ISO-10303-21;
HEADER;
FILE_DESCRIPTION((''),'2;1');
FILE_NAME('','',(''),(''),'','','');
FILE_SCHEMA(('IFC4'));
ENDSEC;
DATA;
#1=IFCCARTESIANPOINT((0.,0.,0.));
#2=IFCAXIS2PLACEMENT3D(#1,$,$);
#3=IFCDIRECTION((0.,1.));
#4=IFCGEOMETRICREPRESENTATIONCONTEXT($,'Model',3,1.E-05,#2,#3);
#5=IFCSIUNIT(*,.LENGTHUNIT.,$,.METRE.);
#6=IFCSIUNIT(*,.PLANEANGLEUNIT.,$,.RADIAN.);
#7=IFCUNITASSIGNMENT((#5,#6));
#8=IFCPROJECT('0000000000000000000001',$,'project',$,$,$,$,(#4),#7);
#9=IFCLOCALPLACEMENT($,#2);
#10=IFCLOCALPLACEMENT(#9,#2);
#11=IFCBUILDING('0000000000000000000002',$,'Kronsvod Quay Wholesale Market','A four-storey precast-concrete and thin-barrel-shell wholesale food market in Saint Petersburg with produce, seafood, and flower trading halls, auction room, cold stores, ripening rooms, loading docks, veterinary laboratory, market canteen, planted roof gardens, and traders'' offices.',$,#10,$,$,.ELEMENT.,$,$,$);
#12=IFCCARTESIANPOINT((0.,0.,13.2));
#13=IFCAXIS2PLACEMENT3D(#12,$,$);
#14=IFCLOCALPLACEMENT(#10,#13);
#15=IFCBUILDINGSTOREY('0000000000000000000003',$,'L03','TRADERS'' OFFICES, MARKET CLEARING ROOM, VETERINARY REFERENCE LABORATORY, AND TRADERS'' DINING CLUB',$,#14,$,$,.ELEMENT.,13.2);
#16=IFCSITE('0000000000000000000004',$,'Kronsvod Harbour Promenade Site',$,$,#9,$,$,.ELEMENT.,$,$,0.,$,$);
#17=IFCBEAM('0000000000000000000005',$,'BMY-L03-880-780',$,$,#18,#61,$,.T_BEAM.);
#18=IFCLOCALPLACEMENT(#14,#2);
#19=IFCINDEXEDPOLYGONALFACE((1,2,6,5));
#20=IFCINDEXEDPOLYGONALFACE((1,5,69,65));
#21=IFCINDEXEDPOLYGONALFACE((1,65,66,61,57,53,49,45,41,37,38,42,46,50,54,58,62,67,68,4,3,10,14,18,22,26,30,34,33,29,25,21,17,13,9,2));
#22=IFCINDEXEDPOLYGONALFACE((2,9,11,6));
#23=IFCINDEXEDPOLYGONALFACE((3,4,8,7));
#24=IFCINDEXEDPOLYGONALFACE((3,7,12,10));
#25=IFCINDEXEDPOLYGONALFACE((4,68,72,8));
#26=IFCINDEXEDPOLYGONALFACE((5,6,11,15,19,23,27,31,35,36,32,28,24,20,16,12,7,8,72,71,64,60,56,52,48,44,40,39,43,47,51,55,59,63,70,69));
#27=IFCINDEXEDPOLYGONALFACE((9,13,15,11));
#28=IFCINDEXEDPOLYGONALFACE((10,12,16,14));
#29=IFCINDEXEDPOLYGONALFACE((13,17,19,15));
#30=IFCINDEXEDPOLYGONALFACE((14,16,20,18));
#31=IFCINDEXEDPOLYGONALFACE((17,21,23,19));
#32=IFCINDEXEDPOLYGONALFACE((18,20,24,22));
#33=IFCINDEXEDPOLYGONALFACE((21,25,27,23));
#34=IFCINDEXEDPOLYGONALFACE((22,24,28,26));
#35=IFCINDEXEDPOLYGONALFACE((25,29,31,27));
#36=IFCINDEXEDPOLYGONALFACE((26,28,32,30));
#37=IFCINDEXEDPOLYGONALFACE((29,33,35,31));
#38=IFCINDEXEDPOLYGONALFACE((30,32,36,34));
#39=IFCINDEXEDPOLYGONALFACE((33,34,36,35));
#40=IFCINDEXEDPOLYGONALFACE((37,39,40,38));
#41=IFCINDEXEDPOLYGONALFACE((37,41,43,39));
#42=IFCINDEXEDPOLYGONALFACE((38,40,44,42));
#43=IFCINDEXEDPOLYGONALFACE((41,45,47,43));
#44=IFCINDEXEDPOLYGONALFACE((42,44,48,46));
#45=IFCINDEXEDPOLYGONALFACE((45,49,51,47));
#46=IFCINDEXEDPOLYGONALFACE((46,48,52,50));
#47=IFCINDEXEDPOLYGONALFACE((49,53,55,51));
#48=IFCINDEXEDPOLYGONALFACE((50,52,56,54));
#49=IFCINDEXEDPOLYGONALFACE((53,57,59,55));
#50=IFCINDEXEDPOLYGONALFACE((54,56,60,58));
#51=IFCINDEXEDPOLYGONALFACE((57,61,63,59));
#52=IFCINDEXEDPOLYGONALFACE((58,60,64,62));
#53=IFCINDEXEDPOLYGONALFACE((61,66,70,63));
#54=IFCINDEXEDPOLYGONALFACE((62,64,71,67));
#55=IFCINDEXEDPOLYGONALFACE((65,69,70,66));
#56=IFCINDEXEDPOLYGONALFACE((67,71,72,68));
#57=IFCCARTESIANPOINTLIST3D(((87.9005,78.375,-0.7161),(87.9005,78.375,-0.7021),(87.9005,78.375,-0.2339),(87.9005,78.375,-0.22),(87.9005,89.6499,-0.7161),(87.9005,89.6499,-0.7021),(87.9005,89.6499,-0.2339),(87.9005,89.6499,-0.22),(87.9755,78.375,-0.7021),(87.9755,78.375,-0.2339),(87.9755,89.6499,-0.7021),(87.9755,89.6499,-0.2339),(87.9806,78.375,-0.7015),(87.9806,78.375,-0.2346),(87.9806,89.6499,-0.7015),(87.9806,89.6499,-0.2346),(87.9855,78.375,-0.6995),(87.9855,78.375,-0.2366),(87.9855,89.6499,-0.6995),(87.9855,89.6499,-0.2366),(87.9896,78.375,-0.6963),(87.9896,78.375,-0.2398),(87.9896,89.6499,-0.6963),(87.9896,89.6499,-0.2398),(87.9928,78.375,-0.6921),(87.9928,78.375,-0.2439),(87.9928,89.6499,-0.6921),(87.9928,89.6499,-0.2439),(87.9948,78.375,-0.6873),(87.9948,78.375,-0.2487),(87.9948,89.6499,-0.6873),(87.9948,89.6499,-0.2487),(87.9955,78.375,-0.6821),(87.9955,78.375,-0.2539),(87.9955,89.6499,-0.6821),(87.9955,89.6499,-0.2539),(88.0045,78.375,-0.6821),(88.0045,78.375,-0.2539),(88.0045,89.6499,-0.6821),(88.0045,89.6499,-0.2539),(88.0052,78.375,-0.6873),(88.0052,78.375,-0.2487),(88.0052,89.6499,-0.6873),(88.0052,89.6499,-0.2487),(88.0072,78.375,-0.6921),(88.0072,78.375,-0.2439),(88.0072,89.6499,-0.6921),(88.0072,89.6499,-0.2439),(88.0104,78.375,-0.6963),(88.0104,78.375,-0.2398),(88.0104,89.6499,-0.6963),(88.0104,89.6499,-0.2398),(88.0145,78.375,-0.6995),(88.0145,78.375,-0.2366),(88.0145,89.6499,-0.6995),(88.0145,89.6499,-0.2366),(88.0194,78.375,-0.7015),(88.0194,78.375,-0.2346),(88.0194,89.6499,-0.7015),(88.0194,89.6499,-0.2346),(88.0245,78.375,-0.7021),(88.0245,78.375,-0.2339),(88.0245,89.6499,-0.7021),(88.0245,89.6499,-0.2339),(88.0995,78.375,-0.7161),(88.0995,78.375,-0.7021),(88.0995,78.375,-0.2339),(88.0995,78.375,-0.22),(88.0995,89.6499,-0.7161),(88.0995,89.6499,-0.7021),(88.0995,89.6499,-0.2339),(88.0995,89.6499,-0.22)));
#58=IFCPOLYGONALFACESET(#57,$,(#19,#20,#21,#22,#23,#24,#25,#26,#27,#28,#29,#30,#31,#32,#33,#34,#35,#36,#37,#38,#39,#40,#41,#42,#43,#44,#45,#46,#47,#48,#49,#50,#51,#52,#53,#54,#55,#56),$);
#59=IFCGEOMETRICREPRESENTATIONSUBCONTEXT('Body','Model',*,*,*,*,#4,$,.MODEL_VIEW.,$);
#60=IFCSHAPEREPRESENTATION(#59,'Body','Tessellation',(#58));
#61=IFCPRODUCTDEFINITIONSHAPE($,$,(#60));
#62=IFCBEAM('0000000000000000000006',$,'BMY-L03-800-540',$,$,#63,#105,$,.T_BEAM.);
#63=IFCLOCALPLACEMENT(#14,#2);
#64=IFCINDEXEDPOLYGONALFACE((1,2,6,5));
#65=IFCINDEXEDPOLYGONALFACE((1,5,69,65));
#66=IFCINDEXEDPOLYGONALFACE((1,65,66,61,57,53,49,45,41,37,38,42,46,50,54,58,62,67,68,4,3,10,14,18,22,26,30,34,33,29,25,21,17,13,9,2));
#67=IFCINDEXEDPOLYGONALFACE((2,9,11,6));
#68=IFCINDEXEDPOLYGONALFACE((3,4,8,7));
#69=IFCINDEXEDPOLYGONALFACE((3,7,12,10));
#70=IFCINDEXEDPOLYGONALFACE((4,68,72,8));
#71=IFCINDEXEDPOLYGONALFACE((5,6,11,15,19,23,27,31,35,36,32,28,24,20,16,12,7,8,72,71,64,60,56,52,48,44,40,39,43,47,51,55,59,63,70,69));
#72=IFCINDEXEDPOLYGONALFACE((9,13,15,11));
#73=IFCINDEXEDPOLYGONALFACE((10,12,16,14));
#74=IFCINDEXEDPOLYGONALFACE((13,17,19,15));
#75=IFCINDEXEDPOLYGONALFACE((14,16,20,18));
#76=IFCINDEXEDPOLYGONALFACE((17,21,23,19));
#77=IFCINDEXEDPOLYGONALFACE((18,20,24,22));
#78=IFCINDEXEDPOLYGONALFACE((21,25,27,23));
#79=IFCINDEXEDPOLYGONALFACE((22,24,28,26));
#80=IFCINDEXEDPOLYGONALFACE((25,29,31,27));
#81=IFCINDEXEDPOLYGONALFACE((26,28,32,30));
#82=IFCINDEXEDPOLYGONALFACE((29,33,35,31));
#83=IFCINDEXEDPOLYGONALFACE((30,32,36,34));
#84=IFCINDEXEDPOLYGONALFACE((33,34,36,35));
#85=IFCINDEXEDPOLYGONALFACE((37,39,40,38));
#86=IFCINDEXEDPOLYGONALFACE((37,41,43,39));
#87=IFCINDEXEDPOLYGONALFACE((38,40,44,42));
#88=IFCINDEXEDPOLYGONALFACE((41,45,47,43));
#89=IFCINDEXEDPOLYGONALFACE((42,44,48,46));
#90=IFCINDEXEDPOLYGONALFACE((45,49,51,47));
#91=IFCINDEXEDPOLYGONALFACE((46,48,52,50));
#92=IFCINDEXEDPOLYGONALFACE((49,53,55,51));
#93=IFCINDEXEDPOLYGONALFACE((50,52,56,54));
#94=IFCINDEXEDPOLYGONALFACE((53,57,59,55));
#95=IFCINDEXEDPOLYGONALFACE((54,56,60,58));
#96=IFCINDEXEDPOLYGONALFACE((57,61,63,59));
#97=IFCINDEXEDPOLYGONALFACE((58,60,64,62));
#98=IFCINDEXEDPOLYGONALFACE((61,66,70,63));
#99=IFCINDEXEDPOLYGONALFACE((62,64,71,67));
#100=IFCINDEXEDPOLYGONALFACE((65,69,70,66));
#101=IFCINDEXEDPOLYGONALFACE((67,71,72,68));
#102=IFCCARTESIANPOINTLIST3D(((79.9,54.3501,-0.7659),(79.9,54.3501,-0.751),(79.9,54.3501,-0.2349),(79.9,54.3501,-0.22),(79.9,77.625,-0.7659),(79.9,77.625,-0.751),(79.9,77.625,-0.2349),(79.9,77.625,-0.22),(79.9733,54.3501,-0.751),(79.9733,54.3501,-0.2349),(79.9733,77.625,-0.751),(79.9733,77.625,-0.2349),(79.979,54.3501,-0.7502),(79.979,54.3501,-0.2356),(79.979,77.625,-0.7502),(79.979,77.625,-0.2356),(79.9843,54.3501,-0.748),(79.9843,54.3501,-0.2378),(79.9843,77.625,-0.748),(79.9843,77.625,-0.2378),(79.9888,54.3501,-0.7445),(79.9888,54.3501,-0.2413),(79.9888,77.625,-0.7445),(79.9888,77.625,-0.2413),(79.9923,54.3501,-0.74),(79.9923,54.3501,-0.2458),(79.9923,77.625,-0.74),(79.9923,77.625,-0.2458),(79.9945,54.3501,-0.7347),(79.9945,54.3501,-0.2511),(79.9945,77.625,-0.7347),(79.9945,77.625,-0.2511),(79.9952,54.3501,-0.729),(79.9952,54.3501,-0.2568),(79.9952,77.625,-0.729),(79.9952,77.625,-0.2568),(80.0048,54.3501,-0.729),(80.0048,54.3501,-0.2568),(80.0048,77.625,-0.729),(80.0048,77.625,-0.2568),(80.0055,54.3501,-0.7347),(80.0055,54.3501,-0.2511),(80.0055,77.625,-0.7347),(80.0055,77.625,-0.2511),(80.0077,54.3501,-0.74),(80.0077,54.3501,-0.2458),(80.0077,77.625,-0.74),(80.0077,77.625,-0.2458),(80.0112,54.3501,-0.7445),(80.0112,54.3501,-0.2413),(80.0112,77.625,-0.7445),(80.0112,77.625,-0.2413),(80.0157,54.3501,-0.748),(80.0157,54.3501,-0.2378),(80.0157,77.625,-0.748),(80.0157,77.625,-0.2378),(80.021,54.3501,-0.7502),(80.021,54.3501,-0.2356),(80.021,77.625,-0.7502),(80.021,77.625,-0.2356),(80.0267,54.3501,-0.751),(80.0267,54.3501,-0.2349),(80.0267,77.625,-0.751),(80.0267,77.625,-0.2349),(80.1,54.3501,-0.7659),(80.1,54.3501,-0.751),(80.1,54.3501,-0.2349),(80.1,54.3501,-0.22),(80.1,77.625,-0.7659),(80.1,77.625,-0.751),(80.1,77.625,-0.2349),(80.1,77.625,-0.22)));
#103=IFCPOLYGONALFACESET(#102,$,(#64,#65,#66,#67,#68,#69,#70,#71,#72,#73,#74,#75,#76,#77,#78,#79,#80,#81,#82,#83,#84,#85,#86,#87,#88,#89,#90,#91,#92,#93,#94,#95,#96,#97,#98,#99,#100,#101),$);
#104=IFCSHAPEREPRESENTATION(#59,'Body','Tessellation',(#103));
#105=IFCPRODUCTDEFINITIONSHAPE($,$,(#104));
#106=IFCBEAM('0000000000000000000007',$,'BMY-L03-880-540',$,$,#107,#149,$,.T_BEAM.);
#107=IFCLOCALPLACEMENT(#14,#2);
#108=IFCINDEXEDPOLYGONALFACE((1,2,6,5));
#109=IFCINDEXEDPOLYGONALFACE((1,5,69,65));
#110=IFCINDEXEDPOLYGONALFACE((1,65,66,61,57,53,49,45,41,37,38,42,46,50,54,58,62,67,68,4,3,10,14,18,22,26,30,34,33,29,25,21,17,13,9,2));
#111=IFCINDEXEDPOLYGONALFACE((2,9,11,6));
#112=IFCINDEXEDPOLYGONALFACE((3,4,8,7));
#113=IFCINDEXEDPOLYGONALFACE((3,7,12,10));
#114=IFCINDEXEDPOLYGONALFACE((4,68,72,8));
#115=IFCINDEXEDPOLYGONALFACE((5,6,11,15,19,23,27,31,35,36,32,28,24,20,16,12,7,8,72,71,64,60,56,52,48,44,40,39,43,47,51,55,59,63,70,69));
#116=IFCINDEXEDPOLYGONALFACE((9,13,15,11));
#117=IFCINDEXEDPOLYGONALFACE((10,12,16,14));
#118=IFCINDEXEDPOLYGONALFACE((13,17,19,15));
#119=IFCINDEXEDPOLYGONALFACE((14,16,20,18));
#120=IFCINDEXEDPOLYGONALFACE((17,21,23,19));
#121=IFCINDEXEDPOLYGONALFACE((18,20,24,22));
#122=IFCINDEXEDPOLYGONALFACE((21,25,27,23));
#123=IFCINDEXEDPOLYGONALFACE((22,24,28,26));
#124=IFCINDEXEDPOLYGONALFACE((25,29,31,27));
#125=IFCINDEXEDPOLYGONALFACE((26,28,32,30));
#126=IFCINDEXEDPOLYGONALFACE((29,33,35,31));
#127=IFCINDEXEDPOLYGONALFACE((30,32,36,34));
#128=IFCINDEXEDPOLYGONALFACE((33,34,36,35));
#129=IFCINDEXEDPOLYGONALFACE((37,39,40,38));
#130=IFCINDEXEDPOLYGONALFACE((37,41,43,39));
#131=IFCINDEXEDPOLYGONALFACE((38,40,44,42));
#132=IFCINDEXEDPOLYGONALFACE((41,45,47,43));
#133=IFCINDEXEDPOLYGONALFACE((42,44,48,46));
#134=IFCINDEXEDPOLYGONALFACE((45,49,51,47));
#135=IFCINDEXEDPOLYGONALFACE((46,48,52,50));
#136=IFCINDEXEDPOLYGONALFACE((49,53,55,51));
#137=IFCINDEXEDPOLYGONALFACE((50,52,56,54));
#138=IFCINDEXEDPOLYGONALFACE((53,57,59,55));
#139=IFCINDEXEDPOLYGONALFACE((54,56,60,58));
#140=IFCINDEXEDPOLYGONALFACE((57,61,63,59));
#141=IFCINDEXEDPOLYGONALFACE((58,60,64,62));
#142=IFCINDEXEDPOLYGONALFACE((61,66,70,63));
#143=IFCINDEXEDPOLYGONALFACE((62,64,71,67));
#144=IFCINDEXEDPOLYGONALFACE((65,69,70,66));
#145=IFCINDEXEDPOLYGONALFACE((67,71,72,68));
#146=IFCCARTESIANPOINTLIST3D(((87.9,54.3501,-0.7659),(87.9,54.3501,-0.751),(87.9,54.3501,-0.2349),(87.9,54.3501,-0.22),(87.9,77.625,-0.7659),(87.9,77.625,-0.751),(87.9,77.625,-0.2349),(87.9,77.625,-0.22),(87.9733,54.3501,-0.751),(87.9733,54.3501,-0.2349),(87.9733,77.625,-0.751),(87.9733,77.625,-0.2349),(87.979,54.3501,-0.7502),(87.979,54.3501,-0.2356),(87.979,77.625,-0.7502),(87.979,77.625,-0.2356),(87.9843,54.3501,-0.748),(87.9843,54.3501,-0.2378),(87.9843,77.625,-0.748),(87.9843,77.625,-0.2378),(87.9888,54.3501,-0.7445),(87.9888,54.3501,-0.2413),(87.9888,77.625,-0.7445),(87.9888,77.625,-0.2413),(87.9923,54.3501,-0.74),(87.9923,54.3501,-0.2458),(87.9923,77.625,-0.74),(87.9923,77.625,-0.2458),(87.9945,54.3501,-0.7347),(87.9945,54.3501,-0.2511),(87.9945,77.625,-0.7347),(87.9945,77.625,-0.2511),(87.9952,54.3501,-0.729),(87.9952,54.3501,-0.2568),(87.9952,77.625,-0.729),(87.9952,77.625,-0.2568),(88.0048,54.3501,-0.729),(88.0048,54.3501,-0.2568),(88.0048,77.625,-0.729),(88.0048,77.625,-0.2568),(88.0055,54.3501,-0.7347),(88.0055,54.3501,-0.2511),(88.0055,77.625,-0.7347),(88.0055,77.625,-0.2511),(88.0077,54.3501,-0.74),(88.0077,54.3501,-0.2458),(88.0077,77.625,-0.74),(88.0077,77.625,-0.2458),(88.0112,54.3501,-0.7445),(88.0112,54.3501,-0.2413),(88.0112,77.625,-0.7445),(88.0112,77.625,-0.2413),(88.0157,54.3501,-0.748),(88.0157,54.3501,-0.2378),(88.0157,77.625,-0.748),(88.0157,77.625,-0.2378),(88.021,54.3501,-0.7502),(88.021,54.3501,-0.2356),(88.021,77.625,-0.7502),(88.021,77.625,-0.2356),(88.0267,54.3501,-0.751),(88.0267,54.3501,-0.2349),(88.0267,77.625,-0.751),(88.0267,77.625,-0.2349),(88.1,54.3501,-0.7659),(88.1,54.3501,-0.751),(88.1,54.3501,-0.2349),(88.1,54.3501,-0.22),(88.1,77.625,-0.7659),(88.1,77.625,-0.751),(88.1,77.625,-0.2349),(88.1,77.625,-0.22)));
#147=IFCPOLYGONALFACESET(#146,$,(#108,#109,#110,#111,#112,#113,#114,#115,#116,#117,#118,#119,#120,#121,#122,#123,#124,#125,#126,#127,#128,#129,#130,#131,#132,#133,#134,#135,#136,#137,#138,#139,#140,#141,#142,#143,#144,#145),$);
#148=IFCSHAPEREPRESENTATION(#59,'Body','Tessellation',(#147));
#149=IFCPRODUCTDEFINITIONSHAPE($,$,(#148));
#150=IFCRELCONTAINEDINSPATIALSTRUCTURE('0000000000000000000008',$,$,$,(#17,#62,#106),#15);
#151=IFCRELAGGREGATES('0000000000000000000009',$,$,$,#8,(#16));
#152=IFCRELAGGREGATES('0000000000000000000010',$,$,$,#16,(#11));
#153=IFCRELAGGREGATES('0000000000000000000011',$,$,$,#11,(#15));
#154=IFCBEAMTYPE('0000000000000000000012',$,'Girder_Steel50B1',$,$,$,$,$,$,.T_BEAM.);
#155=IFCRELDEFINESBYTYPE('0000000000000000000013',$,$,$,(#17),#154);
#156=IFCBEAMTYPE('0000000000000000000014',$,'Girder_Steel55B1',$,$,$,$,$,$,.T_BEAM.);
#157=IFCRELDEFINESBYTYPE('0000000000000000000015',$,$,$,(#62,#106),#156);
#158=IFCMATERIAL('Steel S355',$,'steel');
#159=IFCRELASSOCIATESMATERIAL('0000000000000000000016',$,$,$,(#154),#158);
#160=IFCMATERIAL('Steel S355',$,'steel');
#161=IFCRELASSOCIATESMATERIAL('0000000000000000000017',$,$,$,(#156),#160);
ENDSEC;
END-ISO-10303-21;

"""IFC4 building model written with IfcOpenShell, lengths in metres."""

from ifc_helpers import new_model, si_unit, direction, frame, origin, origin_2d, place, context, subcontext, project, spatial, i_section, extrude, material, material_profile, profile_set, type_object, element, save


model = new_model("IFC4")

# Units and contexts
model_context = context("Model", 3, precision=1e-05, world=origin(), true_north=direction((0.0, 1.0)))
body_context = subcontext(model_context, "Body", "Model", "MODEL_VIEW")
ifc_project = project(units=[si_unit("LENGTHUNIT", "METRE"), si_unit("PLANEANGLEUNIT", "RADIAN")], contexts=[model_context])

# Site, building, storey
site_placement = place(None, origin())
site = spatial("IfcSite", under=ifc_project, at=site_placement, Name="Kronsvod Harbour Promenade Site", CompositionType="ELEMENT", RefElevation=0.0)
building_placement = place(site_placement, origin())
building = spatial("IfcBuilding", under=site, at=building_placement, Name="Kronsvod Quay Wholesale Market", Description="A four-storey precast-concrete and thin-barrel-shell wholesale food market in Saint Petersburg with produce, seafood, and flower trading halls, auction room, cold stores, ripening rooms, loading docks, veterinary laboratory, market canteen, planted roof gardens, and traders' offices.", CompositionType="ELEMENT")
storey_placement = place(building_placement, frame((0.0, 0.0, 13.2)))
storey = spatial("IfcBuildingStorey", under=building, at=storey_placement, Name="L03", Description="TRADERS' OFFICES, MARKET CLEARING ROOM, VETERINARY REFERENCE LABORATORY, AND TRADERS' DINING CLUB", CompositionType="ELEMENT", Elevation=13.2)

# Beams
ifc_material_1 = material(Name="Steel S355", Category="steel")
ifc_material_profile_1 = material_profile(ifc_material_1, i_section(OverallWidth=0.199, OverallDepth=0.4961, WebThickness=0.009, FlangeThickness=0.0139, FilletRadius=0.02, at=origin_2d()), Name="50B1")
ifc_profile_set_1 = profile_set([ifc_material_profile_1], Name="Steel S355")
beam_type_1 = type_object("IfcBeamType", Name="Girder_Steel50B1", PredefinedType="T_BEAM", material=ifc_profile_set_1)
for number, where, z_axis, x_axis, name in (
    (1, (88.0, 78.375, -0.468), (0.0, 1.0, 0.0), (-1.0, 0.0, 0.0), "BMY-L03-880-780"),
):
    element("IfcBeam", number, at=place(storey_placement, frame(where, z_axis=z_axis, x_axis=x_axis)), inside=storey, type_object=beam_type_1, Name=name, PredefinedType="T_BEAM", context=body_context, shape_type="SweptSolid", body=[
        extrude(i_section(OverallWidth=0.199, OverallDepth=0.4961, WebThickness=0.009, FlangeThickness=0.0139, FilletRadius=0.02, at=origin_2d()), origin(), (0.0, 0.0, 1.0), 11.2749),
    ])
ifc_material_2 = material(Name="Steel S355", Category="steel")
ifc_material_profile_2 = material_profile(ifc_material_2, i_section(OverallWidth=0.2, OverallDepth=0.5459, WebThickness=0.0095, FlangeThickness=0.0149, FilletRadius=0.022, at=origin_2d()), Name="55B1")
ifc_profile_set_2 = profile_set([ifc_material_profile_2], Name="Steel S355")
beam_type_2 = type_object("IfcBeamType", Name="Girder_Steel55B1", PredefinedType="T_BEAM", material=ifc_profile_set_2)
for number, where, z_axis, x_axis, name in (
    (2, (80.0, 54.3501, -0.4929), (0.0, 1.0, 0.0), (-1.0, 0.0, 0.0), "BMY-L03-800-540"),
    (3, (88.0, 54.3501, -0.4929), (0.0, 1.0, 0.0), (-1.0, 0.0, 0.0), "BMY-L03-880-540"),
):
    element("IfcBeam", number, at=place(storey_placement, frame(where, z_axis=z_axis, x_axis=x_axis)), inside=storey, type_object=beam_type_2, Name=name, PredefinedType="T_BEAM", context=body_context, shape_type="SweptSolid", body=[
        extrude(i_section(OverallWidth=0.2, OverallDepth=0.5459, WebThickness=0.0095, FlangeThickness=0.0149, FilletRadius=0.022, at=origin_2d()), origin(), (0.0, 0.0, 1.0), 23.2749),
    ])

save(model, "model.ifc")
